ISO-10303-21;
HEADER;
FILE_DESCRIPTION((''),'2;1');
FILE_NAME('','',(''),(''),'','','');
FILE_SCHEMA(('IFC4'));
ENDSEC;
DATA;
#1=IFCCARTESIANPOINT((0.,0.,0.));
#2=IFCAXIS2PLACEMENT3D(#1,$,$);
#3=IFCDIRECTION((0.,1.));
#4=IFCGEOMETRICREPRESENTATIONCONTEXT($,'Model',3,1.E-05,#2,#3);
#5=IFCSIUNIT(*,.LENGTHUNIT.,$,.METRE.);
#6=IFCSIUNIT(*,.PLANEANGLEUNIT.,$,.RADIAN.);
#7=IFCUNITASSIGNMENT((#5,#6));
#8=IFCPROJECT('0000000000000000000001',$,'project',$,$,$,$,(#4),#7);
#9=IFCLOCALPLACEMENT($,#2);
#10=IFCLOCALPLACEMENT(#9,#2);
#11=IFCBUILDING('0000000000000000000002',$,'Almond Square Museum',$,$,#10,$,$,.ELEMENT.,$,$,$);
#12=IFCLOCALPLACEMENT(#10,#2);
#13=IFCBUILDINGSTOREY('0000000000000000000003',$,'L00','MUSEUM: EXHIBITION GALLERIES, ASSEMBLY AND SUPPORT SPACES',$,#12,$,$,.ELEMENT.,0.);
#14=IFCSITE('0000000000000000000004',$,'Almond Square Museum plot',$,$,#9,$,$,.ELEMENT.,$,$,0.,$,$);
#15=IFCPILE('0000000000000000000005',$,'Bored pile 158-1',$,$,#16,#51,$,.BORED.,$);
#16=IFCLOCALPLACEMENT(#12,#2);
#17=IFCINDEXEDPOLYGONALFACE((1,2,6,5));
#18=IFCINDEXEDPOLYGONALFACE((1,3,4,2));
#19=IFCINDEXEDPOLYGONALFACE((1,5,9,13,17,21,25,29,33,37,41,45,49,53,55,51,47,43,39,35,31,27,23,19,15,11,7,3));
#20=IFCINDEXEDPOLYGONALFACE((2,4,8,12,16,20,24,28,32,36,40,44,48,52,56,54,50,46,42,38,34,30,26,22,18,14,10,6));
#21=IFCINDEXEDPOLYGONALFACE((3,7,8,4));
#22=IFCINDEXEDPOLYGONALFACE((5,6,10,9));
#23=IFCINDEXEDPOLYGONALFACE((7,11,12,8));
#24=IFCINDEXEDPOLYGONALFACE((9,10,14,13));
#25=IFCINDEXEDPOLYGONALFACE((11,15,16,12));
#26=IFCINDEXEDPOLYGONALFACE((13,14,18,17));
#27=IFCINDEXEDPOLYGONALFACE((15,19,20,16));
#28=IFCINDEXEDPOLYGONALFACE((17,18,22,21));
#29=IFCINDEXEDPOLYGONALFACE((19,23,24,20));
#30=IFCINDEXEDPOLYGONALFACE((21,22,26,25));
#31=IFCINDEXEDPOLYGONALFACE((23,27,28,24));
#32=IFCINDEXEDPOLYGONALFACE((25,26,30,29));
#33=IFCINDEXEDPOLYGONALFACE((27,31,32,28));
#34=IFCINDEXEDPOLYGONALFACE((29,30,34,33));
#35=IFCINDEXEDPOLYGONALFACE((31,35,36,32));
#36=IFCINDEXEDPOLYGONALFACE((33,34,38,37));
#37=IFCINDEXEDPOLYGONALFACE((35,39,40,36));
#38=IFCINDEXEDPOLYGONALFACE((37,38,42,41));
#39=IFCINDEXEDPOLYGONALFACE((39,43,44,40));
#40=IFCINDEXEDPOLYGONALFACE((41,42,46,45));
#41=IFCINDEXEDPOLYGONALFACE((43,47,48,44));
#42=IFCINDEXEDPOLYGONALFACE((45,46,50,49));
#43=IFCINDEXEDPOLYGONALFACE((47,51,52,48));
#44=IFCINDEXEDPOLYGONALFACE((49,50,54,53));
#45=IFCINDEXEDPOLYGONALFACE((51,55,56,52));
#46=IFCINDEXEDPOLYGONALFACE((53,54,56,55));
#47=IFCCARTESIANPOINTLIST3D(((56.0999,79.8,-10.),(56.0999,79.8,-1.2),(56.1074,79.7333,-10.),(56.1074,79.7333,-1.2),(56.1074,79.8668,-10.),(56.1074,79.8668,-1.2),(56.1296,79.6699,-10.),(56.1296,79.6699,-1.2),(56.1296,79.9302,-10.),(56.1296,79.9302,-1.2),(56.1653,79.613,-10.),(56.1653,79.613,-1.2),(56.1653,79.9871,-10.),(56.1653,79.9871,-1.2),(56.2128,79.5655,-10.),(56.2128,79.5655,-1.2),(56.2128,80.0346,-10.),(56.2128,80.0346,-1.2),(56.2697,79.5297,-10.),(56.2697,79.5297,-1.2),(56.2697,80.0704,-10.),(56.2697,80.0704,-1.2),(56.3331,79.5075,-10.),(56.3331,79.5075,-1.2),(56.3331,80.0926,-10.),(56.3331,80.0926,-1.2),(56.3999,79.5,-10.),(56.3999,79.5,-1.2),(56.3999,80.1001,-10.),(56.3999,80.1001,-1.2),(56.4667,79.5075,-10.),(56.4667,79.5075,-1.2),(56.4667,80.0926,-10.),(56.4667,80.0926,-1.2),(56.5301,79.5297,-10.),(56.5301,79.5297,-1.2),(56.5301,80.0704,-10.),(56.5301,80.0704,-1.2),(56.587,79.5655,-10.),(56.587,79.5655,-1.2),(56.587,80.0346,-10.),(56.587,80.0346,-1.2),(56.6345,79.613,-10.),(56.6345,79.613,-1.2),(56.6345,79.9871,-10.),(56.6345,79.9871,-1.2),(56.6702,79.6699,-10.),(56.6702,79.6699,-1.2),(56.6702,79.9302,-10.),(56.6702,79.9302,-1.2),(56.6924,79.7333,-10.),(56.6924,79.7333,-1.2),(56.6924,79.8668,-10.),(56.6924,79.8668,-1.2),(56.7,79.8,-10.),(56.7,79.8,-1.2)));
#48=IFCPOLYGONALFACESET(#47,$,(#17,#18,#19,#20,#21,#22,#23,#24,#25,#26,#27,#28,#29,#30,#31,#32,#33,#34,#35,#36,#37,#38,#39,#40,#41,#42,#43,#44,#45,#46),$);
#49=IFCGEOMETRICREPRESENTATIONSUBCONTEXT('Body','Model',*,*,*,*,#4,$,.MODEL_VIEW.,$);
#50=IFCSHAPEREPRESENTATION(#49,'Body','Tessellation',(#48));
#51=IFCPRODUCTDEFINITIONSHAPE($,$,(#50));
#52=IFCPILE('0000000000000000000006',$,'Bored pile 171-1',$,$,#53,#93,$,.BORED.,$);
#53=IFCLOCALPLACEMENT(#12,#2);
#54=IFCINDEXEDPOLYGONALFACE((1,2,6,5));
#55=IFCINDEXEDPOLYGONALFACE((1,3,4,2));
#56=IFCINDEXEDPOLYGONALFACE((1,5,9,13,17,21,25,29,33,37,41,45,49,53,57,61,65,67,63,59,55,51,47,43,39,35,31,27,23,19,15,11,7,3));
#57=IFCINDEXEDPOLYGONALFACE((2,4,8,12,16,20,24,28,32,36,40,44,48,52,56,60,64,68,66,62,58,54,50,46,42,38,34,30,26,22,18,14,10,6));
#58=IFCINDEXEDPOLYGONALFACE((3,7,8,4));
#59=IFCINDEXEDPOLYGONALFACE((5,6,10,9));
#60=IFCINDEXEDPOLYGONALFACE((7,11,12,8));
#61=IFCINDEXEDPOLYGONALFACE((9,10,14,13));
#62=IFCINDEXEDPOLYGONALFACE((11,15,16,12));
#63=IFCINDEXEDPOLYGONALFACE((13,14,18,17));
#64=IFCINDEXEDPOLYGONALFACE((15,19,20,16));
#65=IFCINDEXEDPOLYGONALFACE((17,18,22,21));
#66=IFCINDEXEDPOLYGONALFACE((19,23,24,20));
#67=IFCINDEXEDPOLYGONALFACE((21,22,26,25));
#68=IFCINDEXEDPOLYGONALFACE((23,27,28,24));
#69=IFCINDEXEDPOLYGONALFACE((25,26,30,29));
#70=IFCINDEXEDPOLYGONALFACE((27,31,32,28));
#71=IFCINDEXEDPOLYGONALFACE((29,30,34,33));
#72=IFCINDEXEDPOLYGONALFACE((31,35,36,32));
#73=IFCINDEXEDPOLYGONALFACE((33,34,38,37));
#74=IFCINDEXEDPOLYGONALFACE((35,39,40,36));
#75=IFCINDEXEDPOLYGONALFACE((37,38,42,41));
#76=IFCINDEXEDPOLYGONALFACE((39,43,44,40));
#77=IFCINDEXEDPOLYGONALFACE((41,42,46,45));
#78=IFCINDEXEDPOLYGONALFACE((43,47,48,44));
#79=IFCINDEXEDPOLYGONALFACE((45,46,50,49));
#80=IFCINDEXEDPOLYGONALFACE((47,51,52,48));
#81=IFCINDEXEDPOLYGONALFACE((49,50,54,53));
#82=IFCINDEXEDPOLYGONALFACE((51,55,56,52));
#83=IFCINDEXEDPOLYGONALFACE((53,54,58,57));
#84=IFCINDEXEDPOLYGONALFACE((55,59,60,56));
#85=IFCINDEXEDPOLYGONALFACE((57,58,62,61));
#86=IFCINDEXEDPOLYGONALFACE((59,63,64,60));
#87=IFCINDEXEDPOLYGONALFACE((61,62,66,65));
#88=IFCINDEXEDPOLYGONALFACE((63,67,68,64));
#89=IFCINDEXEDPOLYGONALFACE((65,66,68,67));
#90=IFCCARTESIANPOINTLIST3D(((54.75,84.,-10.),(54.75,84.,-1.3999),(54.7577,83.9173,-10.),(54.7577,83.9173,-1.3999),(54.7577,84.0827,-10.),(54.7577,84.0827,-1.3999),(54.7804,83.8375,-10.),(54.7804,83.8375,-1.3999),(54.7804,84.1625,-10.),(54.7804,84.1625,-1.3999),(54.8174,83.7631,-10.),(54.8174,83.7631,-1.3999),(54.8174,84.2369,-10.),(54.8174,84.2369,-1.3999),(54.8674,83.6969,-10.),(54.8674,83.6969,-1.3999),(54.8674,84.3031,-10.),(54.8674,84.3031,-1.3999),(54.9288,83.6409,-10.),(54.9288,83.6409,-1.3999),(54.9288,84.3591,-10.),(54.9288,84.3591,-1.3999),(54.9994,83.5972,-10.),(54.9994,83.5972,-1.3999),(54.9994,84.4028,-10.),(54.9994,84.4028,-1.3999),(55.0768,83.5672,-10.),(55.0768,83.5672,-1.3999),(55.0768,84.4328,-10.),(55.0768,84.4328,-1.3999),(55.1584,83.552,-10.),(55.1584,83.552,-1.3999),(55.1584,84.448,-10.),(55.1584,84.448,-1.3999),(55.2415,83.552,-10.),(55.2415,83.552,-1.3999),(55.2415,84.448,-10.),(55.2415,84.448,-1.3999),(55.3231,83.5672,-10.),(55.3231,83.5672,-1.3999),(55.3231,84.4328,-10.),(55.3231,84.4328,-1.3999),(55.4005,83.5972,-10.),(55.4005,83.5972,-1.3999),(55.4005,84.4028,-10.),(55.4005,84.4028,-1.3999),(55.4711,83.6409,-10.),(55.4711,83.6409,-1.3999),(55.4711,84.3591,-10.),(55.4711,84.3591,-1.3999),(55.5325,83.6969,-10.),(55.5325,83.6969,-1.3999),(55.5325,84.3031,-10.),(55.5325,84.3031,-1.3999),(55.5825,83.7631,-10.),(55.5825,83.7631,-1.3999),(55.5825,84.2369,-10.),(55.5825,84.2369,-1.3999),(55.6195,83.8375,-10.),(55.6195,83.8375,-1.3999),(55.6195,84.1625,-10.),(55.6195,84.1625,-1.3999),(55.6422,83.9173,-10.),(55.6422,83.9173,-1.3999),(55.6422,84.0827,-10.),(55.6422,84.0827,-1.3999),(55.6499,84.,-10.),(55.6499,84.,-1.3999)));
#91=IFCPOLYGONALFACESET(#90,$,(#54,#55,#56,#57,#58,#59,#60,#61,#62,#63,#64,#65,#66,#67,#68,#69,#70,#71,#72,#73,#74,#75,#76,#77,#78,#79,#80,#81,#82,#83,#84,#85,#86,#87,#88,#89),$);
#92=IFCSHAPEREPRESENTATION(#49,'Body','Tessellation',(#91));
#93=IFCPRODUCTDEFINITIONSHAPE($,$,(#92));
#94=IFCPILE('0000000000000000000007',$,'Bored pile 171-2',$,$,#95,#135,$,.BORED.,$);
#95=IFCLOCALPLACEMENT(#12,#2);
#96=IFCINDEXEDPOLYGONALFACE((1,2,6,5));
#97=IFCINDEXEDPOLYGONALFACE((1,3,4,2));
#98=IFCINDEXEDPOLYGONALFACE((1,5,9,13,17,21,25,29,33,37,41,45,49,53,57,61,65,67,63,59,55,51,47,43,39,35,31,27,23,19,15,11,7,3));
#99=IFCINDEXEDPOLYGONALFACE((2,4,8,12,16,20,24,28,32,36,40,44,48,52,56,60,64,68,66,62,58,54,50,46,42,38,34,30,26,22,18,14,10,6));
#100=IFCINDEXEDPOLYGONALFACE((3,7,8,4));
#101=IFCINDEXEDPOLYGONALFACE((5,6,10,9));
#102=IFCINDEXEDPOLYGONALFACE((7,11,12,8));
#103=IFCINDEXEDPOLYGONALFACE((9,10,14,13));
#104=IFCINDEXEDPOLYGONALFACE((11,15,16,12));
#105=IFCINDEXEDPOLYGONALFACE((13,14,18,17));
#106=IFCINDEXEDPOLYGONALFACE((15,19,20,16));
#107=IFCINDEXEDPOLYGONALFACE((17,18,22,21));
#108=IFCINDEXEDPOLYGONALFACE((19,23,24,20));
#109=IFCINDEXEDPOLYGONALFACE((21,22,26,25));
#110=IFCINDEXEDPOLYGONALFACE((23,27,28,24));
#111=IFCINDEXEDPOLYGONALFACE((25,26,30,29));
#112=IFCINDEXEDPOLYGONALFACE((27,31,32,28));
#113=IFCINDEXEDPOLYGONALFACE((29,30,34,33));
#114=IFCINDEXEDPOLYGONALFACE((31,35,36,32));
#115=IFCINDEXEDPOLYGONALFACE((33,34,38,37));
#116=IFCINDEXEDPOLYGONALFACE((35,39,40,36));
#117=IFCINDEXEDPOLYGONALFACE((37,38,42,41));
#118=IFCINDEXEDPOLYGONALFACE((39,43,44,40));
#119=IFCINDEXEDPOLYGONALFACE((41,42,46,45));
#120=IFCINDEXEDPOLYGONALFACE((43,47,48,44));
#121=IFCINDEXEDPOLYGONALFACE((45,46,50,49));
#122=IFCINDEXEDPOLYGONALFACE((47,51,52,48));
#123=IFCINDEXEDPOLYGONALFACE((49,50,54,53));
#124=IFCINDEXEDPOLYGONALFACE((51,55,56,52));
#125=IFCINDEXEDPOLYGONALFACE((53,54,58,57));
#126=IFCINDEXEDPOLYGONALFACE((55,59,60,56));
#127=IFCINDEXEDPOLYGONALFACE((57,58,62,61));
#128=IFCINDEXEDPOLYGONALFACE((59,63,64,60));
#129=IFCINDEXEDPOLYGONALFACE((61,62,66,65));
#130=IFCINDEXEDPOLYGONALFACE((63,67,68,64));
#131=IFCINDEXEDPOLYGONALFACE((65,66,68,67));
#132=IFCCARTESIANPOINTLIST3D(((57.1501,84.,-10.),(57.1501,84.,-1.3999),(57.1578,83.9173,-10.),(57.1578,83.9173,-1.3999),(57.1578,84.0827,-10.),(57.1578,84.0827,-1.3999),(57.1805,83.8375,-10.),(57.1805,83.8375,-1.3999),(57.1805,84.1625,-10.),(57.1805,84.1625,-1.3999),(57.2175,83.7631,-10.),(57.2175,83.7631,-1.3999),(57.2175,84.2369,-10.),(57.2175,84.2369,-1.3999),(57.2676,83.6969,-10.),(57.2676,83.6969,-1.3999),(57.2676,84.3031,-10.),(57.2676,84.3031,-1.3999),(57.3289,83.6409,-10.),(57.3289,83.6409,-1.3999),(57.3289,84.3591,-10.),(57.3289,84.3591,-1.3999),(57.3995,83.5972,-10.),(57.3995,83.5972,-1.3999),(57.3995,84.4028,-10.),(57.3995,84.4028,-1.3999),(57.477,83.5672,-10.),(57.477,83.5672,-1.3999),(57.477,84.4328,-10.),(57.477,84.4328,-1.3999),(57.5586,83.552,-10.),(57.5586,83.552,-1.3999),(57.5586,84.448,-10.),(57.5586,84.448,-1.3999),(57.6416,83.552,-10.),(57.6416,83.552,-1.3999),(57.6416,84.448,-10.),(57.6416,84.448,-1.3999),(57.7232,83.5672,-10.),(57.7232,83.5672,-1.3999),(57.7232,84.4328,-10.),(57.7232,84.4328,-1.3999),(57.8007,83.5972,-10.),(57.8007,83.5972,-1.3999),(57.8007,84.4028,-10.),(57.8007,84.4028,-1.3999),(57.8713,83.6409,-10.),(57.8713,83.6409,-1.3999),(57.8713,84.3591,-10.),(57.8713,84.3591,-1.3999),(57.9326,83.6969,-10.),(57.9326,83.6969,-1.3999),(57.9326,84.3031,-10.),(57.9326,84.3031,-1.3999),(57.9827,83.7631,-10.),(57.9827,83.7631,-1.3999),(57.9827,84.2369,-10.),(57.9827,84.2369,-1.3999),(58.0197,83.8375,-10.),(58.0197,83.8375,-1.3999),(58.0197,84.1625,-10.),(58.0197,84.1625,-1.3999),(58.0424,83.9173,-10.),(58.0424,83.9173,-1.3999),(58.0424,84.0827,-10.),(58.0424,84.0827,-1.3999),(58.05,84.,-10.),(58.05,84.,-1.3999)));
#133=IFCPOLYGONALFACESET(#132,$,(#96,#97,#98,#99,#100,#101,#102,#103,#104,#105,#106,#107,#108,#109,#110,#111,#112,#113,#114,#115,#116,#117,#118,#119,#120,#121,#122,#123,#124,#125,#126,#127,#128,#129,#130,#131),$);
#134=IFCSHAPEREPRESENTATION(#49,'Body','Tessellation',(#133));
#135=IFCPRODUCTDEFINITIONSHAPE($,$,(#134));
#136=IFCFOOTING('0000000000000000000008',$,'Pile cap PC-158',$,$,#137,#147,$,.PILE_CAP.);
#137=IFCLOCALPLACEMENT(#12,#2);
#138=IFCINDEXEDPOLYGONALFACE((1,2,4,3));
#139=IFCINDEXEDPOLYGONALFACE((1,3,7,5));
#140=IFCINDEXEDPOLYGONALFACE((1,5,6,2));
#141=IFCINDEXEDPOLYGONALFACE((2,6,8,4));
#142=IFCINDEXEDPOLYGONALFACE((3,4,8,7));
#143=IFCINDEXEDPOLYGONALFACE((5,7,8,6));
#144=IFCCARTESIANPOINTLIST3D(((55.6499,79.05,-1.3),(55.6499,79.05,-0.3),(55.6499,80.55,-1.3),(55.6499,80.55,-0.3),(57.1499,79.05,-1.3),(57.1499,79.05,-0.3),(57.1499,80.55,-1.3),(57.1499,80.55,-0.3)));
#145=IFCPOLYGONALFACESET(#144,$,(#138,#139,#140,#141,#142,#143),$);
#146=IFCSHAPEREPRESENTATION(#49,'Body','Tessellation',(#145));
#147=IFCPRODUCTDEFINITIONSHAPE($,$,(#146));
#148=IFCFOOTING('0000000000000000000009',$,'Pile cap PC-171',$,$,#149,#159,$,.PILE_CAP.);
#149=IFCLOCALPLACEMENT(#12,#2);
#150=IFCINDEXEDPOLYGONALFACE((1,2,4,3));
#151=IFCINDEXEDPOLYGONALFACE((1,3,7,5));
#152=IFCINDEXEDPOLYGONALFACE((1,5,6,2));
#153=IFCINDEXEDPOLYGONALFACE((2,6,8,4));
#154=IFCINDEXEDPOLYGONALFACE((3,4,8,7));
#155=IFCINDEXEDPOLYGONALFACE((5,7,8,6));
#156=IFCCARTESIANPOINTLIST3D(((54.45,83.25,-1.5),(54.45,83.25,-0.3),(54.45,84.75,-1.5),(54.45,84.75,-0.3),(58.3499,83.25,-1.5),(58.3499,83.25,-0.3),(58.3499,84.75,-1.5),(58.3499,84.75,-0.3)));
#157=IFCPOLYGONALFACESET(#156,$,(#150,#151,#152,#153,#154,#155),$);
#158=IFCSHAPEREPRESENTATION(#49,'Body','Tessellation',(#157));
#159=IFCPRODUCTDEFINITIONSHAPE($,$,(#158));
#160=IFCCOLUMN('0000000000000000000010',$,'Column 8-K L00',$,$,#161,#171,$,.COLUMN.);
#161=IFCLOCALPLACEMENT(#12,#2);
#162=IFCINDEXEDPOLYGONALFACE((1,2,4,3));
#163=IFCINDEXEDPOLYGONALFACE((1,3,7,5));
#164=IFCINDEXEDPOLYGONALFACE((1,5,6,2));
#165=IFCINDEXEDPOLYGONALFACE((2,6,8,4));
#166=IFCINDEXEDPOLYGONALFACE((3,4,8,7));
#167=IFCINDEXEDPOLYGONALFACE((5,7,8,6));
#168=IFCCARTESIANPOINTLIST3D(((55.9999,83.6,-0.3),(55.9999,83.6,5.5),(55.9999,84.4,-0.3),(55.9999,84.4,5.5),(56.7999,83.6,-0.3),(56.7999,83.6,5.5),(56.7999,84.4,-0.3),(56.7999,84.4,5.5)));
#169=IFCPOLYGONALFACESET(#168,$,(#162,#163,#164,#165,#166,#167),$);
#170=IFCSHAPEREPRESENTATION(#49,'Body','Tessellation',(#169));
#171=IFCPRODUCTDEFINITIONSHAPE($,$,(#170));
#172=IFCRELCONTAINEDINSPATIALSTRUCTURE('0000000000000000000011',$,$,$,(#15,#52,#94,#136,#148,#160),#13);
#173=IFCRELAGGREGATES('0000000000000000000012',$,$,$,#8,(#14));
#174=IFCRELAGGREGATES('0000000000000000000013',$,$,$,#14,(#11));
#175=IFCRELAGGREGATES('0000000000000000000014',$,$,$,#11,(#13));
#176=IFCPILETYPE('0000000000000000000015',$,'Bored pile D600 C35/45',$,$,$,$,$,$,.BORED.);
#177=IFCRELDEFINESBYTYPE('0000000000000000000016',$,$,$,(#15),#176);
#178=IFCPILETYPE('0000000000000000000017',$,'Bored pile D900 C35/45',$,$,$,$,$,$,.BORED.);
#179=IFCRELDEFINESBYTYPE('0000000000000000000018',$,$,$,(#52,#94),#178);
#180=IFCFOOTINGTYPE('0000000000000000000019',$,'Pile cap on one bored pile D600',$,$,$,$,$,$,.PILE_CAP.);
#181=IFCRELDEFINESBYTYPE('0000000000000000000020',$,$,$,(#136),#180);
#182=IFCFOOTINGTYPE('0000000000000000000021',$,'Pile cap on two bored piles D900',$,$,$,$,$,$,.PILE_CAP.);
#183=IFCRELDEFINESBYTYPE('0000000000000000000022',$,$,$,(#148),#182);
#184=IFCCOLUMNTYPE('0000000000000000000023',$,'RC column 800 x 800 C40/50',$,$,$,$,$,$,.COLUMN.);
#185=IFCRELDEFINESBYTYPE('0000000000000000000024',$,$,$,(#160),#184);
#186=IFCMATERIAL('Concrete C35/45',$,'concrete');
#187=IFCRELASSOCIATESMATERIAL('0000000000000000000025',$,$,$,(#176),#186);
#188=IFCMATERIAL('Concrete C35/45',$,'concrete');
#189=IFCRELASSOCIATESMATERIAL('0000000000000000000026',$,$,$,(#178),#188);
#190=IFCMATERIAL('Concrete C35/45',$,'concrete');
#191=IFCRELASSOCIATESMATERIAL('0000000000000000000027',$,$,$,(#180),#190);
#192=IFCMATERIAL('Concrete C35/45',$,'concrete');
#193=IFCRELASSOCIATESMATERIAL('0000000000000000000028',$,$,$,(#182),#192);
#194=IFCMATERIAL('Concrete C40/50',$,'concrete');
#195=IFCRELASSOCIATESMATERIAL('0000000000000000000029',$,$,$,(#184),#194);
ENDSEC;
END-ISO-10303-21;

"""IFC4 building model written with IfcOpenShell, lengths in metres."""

from ifc_helpers import new_model, si_unit, direction, frame, origin, origin_2d, place, context, subcontext, project, spatial, rectangle, circle, extrude, material, material_profile, profile_set, type_object, element, save


model = new_model("IFC4")

# Units and contexts
model_context = context("Model", 3, precision=1e-05, world=origin(), true_north=direction((0.0, 1.0)))
body_context = subcontext(model_context, "Body", "Model", "MODEL_VIEW")
ifc_project = project(units=[si_unit("LENGTHUNIT", "METRE"), si_unit("PLANEANGLEUNIT", "RADIAN")], contexts=[model_context])

# Site, building, storey
site_placement = place(None, origin())
site = spatial("IfcSite", under=ifc_project, at=site_placement, Name="Almond Square Museum plot", CompositionType="ELEMENT", RefElevation=0.0)
building_placement = place(site_placement, origin())
building = spatial("IfcBuilding", under=site, at=building_placement, Name="Almond Square Museum", CompositionType="ELEMENT")
storey_placement = place(building_placement, origin())
storey = spatial("IfcBuildingStorey", under=building, at=storey_placement, Name="L00", Description="MUSEUM: EXHIBITION GALLERIES, ASSEMBLY AND SUPPORT SPACES", CompositionType="ELEMENT", Elevation=0.0)

# Piles
ifc_material_1 = material(Name="Concrete C35/45", Category="concrete")
ifc_material_profile_1 = material_profile(ifc_material_1, circle(Radius=0.3, at=origin_2d()))
ifc_profile_set_1 = profile_set([ifc_material_profile_1], Name="Concrete C35/45")
pile_type_1 = type_object("IfcPileType", Name="Bored pile D600 C35/45", PredefinedType="BORED", material=ifc_profile_set_1)
pile_placement = place(storey_placement, frame((56.3999, 79.8, -1.2), z_axis=(0.0, 0.0, -1.0), x_axis=(1.0, 0.0, 0.0)))
element("IfcPile", 1, at=pile_placement, inside=storey, type_object=pile_type_1, Name="Bored pile 158-1", PredefinedType="BORED", context=body_context, shape_type="SweptSolid", body=[
    extrude(circle(Radius=0.3, at=origin_2d()), origin(), (0.0, 0.0, 1.0), 8.8),
])
ifc_material_2 = material(Name="Concrete C35/45", Category="concrete")
ifc_material_profile_2 = material_profile(ifc_material_2, circle(Radius=0.45, at=origin_2d()))
ifc_profile_set_2 = profile_set([ifc_material_profile_2], Name="Concrete C35/45")
pile_type_2 = type_object("IfcPileType", Name="Bored pile D900 C35/45", PredefinedType="BORED", material=ifc_profile_set_2)
for number, where, z_axis, x_axis, name in (
    (2, (55.2, 84.0, -1.3999), (0.0, 0.0, -1.0), (1.0, 0.0, 0.0), "Bored pile 171-1"),
    (3, (57.6001, 84.0, -1.3999), (0.0, 0.0, -1.0), (1.0, 0.0, 0.0), "Bored pile 171-2"),
):
    element("IfcPile", number, at=place(storey_placement, frame(where, z_axis=z_axis, x_axis=x_axis)), inside=storey, type_object=pile_type_2, Name=name, PredefinedType="BORED", context=body_context, shape_type="SweptSolid", body=[
        extrude(circle(Radius=0.45, at=origin_2d()), origin(), (0.0, 0.0, 1.0), 8.6001),
    ])

# Footings
ifc_material_3 = material(Name="Concrete C35/45", Category="concrete")
footing_type_1 = type_object("IfcFootingType", Name="Pile cap on one bored pile D600", PredefinedType="PILE_CAP", material=ifc_material_3)
footing_1_placement = place(storey_placement, frame((56.3999, 79.8, -1.3), z_axis=(0.0, 0.0, 1.0), x_axis=(1.0, 0.0, 0.0)))
element("IfcFooting", 4, at=footing_1_placement, inside=storey, type_object=footing_type_1, Name="Pile cap PC-158", PredefinedType="PILE_CAP", context=body_context, shape_type="SweptSolid", body=[
    extrude(rectangle(XDim=1.5, YDim=1.5, at=origin_2d()), origin(), (0.0, 0.0, 1.0), 1.0),
])
ifc_material_4 = material(Name="Concrete C35/45", Category="concrete")
footing_type_2 = type_object("IfcFootingType", Name="Pile cap on two bored piles D900", PredefinedType="PILE_CAP", material=ifc_material_4)
footing_2_placement = place(storey_placement, frame((56.3999, 84.0, -1.5), z_axis=(0.0, 0.0, 1.0), x_axis=(1.0, 0.0, 0.0)))
element("IfcFooting", 5, at=footing_2_placement, inside=storey, type_object=footing_type_2, Name="Pile cap PC-171", PredefinedType="PILE_CAP", context=body_context, shape_type="SweptSolid", body=[
    extrude(rectangle(XDim=3.8999, YDim=1.5, at=origin_2d()), origin(), (0.0, 0.0, 1.0), 1.2),
])

# Column
ifc_material_5 = material(Name="Concrete C40/50", Category="concrete")
ifc_material_profile_3 = material_profile(ifc_material_5, rectangle(XDim=0.8, YDim=0.8, at=origin_2d()))
ifc_profile_set_3 = profile_set([ifc_material_profile_3], Name="Concrete C40/50")
column_type_1 = type_object("IfcColumnType", Name="RC column 800 x 800 C40/50", PredefinedType="COLUMN", material=ifc_profile_set_3)
column_1_placement = place(storey_placement, frame((56.3999, 84.0, -0.3), z_axis=(0.0, 0.0, 1.0), x_axis=(1.0, 0.0, 0.0)))
element("IfcColumn", 6, at=column_1_placement, inside=storey, type_object=column_type_1, Name="Column 8-K L00", PredefinedType="COLUMN", context=body_context, shape_type="SweptSolid", body=[
    extrude(rectangle(XDim=0.8, YDim=0.8, at=origin_2d()), origin(), (0.0, 0.0, 1.0), 5.8),
])

save(model, "model.ifc")
